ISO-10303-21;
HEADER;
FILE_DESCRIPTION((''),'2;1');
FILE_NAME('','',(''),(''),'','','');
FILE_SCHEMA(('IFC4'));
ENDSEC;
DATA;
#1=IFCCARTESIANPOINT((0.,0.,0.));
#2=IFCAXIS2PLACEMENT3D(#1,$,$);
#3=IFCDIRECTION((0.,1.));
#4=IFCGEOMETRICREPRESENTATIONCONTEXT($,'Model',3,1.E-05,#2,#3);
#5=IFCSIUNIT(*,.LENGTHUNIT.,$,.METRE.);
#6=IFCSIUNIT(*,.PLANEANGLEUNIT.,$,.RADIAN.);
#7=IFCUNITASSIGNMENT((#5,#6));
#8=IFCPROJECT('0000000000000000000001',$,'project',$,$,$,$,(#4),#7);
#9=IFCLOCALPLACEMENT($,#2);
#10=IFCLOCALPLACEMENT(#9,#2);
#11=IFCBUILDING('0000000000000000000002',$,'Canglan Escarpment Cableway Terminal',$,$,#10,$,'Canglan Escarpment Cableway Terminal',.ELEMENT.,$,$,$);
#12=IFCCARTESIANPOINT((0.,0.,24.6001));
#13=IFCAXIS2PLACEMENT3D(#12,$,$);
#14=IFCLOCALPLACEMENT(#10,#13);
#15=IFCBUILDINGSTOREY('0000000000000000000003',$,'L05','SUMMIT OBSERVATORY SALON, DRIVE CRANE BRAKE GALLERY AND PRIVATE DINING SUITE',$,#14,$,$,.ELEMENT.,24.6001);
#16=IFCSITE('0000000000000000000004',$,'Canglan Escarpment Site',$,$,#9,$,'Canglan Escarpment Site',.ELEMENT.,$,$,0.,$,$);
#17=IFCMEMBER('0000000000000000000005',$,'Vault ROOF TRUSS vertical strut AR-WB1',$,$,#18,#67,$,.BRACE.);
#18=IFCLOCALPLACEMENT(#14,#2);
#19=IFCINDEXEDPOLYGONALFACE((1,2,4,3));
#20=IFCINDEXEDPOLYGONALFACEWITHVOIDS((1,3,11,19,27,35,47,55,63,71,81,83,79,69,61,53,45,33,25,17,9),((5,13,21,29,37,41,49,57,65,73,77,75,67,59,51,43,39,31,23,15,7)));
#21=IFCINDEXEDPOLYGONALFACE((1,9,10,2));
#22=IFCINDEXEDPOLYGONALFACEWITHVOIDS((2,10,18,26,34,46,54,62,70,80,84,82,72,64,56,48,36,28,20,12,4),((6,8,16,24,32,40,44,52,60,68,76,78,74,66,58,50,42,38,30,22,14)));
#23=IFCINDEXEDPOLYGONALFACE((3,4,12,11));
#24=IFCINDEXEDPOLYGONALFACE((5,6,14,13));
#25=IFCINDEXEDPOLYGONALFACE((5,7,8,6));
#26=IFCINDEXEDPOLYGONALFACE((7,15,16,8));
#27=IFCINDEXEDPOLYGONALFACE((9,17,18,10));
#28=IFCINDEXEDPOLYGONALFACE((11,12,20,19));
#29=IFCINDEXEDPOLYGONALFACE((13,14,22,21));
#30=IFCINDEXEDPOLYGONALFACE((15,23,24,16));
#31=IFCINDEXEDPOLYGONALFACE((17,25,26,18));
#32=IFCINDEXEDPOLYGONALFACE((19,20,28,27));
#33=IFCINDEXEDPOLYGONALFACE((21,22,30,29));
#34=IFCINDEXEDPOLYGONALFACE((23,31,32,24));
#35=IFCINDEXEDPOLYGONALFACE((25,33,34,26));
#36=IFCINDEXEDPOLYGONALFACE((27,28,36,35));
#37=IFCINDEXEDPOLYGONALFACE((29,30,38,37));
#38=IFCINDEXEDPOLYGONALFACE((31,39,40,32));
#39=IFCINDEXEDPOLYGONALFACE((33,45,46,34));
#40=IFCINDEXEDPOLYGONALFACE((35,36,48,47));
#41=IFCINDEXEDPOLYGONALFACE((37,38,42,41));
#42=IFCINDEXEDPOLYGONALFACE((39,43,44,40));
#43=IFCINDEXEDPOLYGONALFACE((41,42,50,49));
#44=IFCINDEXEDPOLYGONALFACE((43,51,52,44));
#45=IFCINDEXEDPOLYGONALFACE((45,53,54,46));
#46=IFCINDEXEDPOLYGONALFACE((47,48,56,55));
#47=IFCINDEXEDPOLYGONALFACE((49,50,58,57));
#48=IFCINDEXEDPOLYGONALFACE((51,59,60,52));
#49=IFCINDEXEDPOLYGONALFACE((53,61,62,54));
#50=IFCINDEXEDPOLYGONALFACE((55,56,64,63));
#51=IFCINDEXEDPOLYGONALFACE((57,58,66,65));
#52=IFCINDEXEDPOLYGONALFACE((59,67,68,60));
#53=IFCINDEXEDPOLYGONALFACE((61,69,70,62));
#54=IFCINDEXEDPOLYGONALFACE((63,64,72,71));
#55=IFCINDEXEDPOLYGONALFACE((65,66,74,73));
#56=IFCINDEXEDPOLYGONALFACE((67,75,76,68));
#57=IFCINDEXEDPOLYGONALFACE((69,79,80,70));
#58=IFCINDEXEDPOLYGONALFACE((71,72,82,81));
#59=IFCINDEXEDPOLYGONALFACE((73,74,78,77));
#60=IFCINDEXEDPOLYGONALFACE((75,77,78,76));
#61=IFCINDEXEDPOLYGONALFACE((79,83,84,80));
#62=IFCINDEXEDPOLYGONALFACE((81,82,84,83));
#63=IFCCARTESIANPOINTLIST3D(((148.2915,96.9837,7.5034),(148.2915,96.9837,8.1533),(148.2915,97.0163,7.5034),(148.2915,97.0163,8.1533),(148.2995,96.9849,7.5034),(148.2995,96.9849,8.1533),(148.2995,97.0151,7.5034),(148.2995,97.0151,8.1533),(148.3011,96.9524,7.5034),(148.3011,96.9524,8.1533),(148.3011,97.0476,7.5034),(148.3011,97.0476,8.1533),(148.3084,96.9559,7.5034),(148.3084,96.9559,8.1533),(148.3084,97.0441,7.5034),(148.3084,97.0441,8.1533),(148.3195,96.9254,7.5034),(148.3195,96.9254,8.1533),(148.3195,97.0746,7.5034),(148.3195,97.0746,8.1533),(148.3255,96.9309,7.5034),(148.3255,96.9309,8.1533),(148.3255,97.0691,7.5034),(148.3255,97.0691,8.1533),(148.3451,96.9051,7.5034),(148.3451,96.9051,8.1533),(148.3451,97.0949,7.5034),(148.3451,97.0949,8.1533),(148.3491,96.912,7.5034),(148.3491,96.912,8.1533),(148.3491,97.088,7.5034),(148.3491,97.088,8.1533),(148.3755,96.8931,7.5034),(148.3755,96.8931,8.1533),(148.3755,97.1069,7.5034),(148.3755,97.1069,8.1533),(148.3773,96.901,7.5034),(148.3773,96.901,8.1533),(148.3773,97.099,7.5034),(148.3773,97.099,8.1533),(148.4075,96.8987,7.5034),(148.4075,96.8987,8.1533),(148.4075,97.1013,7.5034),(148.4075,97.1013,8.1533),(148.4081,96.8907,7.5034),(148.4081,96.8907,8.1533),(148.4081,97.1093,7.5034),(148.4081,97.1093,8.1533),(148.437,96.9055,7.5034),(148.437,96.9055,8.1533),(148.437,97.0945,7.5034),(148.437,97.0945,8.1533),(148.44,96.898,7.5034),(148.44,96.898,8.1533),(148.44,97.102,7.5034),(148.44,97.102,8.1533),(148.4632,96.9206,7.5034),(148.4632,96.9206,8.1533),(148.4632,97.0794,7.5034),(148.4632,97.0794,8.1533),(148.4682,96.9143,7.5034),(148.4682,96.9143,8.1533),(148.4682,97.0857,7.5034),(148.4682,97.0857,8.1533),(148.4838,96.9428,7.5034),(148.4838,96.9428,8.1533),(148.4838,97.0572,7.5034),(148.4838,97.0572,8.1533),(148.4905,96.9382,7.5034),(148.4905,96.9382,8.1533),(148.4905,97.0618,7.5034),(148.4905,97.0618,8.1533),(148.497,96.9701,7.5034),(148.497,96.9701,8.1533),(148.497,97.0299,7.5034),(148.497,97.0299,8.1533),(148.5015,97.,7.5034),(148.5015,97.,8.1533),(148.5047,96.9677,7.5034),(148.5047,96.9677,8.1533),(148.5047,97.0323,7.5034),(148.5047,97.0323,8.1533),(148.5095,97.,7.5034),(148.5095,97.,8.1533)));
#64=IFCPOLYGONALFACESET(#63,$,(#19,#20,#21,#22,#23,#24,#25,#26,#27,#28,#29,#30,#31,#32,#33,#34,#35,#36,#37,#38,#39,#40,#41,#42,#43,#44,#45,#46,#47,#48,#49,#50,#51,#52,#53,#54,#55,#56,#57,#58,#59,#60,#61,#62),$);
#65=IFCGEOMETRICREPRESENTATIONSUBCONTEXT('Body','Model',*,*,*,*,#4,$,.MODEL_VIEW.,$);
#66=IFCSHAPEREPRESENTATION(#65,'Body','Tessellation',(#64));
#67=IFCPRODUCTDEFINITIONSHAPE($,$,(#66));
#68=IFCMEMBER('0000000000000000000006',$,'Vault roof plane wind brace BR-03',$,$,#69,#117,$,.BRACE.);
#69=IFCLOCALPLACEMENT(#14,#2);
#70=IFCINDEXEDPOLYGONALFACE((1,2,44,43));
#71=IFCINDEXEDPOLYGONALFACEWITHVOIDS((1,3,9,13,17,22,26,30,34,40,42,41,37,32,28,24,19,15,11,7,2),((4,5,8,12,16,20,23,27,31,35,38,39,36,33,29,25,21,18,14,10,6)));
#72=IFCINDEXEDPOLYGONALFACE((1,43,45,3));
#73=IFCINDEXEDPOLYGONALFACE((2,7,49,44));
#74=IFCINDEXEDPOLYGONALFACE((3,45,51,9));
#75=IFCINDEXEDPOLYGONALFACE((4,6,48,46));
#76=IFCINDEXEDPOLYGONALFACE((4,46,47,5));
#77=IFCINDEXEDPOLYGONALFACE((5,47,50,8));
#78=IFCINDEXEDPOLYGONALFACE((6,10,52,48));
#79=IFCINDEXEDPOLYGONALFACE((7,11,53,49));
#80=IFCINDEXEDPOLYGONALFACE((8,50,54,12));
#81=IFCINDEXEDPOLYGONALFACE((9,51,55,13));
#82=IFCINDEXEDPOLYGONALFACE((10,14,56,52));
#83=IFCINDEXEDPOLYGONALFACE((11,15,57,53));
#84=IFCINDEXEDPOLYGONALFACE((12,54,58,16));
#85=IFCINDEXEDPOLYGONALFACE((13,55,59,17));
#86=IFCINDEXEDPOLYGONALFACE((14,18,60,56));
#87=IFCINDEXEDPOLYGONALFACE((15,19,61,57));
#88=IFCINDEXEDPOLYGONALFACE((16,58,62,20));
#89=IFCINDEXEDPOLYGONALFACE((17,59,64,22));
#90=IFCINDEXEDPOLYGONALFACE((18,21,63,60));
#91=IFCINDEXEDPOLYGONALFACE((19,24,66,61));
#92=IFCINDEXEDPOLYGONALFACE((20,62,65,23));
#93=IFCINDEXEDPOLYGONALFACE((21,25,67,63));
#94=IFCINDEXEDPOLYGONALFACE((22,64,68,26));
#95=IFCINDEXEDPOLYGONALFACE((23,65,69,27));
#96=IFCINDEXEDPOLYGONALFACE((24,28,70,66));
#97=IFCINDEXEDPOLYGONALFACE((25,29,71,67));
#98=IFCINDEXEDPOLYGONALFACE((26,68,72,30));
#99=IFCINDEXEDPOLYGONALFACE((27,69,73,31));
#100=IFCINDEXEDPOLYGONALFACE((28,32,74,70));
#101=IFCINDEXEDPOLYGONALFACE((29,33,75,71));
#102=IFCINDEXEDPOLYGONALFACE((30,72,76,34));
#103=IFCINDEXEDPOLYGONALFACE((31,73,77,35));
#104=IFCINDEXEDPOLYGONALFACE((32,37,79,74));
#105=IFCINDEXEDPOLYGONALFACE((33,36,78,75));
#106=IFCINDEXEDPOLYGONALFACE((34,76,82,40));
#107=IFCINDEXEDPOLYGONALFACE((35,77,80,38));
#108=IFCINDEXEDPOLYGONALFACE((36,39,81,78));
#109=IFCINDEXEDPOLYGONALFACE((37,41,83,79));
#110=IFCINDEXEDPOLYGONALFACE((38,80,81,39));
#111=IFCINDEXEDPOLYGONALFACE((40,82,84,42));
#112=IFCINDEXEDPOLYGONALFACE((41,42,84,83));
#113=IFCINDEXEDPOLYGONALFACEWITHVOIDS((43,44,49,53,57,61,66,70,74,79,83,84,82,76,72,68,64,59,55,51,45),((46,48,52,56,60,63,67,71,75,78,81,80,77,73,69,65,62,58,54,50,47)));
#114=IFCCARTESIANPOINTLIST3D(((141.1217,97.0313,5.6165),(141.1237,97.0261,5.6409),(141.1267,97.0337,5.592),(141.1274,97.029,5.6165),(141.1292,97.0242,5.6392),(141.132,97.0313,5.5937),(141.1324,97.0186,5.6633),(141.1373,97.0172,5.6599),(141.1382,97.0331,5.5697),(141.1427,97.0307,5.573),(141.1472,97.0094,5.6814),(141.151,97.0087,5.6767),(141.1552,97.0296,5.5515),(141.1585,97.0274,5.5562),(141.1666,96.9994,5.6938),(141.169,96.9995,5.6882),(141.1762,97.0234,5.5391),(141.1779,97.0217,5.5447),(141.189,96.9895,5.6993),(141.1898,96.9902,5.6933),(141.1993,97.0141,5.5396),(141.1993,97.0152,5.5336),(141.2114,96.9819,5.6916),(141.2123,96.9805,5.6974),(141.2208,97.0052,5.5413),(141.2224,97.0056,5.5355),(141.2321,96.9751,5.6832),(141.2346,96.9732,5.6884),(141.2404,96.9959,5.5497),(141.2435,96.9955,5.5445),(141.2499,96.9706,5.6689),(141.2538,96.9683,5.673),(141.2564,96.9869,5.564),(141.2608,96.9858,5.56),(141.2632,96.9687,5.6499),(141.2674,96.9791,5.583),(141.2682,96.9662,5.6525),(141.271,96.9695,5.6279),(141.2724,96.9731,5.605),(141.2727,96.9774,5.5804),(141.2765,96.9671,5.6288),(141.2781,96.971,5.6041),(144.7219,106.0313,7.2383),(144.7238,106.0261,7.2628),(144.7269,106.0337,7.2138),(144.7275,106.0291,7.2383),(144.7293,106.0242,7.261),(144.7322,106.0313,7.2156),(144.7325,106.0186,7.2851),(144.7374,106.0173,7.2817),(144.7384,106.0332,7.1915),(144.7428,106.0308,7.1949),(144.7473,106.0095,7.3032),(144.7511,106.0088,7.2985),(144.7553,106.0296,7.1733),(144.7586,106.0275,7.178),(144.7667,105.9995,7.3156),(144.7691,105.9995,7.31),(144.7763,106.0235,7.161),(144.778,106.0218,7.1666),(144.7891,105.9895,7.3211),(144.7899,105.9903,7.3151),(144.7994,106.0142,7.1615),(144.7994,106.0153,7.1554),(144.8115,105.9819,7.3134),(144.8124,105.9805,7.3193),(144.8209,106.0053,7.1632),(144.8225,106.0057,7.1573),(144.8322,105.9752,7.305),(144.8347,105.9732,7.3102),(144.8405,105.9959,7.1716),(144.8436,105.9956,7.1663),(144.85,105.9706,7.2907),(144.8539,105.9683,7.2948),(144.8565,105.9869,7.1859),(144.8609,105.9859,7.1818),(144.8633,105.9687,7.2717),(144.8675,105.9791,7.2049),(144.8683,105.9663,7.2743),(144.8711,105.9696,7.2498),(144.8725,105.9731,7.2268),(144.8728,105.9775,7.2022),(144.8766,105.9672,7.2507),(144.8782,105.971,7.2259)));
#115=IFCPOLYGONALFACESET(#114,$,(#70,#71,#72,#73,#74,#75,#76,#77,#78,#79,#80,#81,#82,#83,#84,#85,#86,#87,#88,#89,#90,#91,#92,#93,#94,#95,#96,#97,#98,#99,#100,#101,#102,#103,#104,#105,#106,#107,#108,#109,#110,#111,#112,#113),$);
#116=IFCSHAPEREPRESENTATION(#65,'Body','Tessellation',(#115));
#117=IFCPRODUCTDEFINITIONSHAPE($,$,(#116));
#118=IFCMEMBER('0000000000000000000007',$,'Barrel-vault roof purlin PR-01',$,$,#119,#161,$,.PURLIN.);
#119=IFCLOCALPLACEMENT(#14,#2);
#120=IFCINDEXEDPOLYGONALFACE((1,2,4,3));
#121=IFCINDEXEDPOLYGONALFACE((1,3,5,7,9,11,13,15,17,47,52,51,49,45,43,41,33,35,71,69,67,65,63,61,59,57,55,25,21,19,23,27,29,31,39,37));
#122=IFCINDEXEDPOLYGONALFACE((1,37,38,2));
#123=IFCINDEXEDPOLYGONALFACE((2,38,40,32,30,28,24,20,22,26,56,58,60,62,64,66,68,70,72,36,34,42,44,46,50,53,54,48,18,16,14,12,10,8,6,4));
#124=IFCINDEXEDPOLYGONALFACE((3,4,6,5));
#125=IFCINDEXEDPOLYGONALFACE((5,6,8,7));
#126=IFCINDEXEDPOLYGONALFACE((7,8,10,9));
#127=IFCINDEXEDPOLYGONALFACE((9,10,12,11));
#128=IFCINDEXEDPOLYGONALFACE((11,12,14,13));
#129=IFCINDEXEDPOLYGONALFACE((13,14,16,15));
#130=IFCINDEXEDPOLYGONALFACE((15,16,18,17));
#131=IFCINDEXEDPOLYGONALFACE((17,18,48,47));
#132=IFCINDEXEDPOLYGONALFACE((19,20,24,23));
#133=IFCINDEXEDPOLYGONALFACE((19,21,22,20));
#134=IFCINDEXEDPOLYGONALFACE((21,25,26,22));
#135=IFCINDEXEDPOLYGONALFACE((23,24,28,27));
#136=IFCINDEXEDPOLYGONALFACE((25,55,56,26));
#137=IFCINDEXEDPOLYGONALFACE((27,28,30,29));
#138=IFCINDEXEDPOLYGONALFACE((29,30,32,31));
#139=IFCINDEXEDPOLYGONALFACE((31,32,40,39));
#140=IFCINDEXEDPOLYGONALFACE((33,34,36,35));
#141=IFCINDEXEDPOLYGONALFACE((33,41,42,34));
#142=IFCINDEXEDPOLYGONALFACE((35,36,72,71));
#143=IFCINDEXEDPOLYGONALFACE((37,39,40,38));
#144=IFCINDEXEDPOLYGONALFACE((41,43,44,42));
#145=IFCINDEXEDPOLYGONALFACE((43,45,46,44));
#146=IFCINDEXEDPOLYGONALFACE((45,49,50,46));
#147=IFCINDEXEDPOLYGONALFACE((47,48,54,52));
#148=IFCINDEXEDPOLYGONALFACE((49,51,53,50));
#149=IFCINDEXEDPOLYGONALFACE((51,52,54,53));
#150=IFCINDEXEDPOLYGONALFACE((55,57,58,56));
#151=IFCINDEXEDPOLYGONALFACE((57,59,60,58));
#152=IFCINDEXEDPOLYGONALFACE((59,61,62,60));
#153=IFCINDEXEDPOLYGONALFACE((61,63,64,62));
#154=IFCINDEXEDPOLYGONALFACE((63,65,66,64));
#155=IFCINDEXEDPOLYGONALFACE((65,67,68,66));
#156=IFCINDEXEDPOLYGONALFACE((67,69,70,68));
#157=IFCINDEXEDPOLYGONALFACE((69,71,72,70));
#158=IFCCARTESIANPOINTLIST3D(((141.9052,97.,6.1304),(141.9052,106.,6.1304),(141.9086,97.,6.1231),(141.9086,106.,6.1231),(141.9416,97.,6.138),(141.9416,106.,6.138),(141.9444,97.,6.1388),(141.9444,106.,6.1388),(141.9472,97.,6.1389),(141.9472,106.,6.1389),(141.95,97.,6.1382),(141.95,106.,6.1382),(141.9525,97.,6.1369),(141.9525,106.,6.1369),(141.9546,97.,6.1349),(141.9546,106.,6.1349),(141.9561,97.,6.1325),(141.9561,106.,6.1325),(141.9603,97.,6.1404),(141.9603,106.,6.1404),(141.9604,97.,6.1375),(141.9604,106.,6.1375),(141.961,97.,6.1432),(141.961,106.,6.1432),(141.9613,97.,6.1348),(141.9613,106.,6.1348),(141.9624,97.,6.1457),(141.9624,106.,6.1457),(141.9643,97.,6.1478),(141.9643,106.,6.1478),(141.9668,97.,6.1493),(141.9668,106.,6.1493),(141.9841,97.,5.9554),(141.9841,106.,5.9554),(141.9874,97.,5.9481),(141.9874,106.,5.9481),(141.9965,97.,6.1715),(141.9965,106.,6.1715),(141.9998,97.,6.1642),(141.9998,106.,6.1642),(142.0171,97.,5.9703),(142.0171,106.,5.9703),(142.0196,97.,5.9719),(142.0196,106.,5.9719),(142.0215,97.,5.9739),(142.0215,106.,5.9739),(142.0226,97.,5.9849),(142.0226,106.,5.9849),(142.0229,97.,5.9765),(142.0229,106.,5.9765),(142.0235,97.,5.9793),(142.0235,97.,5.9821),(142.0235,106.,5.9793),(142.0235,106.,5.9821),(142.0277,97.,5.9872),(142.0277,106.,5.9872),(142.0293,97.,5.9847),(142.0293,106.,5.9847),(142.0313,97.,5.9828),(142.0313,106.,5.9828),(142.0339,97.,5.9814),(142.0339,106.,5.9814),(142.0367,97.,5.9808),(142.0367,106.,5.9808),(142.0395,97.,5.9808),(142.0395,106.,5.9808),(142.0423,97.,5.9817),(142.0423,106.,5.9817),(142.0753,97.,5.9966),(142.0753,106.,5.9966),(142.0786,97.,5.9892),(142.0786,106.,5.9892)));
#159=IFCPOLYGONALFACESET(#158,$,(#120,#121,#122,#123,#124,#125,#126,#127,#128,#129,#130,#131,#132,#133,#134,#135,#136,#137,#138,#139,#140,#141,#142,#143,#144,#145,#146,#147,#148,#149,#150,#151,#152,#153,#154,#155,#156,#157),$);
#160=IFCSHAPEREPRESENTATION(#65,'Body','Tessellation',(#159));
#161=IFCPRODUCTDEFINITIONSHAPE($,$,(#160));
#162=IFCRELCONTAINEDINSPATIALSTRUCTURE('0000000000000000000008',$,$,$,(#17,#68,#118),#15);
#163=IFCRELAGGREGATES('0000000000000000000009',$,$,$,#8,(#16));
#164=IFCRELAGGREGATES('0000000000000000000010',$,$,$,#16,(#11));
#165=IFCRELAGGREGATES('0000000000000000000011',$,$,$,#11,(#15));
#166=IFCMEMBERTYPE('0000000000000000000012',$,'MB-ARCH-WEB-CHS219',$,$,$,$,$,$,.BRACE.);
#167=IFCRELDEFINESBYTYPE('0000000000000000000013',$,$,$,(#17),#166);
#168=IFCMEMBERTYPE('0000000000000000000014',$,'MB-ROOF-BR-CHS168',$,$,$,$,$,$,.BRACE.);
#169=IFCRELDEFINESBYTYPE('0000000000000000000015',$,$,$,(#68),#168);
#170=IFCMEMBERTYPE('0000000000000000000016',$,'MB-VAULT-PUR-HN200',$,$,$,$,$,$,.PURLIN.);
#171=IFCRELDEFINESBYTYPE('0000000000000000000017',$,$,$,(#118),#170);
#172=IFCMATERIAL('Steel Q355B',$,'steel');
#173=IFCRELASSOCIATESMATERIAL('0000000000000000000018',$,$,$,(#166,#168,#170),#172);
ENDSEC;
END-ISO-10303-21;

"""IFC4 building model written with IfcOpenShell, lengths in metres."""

from ifc_helpers import new_model, si_unit, direction, frame, origin, origin_2d, place, context, subcontext, project, spatial, hollow_circle, i_section, extrude, material, material_profile, profile_set, type_object, element, save


model = new_model("IFC4")

# Units and contexts
model_context = context("Model", 3, precision=1e-05, world=origin(), true_north=direction((0.0, 1.0)))
body_context = subcontext(model_context, "Body", "Model", "MODEL_VIEW")
ifc_project = project(units=[si_unit("LENGTHUNIT", "METRE"), si_unit("PLANEANGLEUNIT", "RADIAN")], contexts=[model_context])

# Site, building, storey
site_placement = place(None, origin())
site = spatial("IfcSite", under=ifc_project, at=site_placement, Name="Canglan Escarpment Site", LongName="Canglan Escarpment Site", CompositionType="ELEMENT", RefElevation=0.0)
building_placement = place(site_placement, origin())
building = spatial("IfcBuilding", under=site, at=building_placement, Name="Canglan Escarpment Cableway Terminal", LongName="Canglan Escarpment Cableway Terminal", CompositionType="ELEMENT")
storey_placement = place(building_placement, frame((0.0, 0.0, 24.6001)))
storey = spatial("IfcBuildingStorey", under=building, at=storey_placement, Name="L05", Description="SUMMIT OBSERVATORY SALON, DRIVE CRANE BRAKE GALLERY AND PRIVATE DINING SUITE", CompositionType="ELEMENT", Elevation=24.6001)

# Shared definitions
ifc_material_1 = material(Name="Steel Q355B", Category="steel")

# Members
ifc_material_profile_1 = material_profile(ifc_material_1, hollow_circle(Radius=0.1096, WallThickness=0.0081, at=origin_2d()), Name="CHS 219.1x8")
ifc_profile_set_1 = profile_set([ifc_material_profile_1], Name="Steel Q355B")
member_type_1 = type_object("IfcMemberType", Name="MB-ARCH-WEB-CHS219", PredefinedType="BRACE", material=ifc_profile_set_1)
for number, where, z_axis, x_axis, name in (
    (1, (148.3999, 97.0, 7.5034), (0.0, 0.0, 1.0), (1.0, 0.0, 0.0), "Vault ROOF TRUSS vertical strut AR-WB1"),
):
    element("IfcMember", number, at=place(storey_placement, frame(where, z_axis=z_axis, x_axis=x_axis)), inside=storey, type_object=member_type_1, Name=name, PredefinedType="BRACE", context=body_context, shape_type="SweptSolid", body=[
        extrude(hollow_circle(Radius=0.1096, WallThickness=0.0081, at=origin_2d()), origin(), (0.0, 0.0, 1.0), 0.6499),
    ])
ifc_material_profile_2 = material_profile(ifc_material_1, hollow_circle(Radius=0.0842, WallThickness=0.0061, at=origin_2d()), Name="CHS 168.3x6")
ifc_profile_set_2 = profile_set([ifc_material_profile_2], Name="Steel Q355B")
member_type_2 = type_object("IfcMemberType", Name="MB-ROOF-BR-CHS168", PredefinedType="BRACE", material=ifc_profile_set_2)
member_1_placement = place(storey_placement, frame((141.2, 97.0, 5.6165), z_axis=(0.366308, 0.915744, 0.16502), x_axis=(-0.928473, 0.371399, 0.0)))
element("IfcMember", 2, at=member_1_placement, inside=storey, type_object=member_type_2, Name="Vault roof plane wind brace BR-03", PredefinedType="BRACE", context=body_context, shape_type="SweptSolid", body=[
    extrude(hollow_circle(Radius=0.0842, WallThickness=0.0061, at=origin_2d()), origin(), (0.0, 0.0, 1.0), 9.8281),
])
ifc_material_profile_3 = material_profile(ifc_material_1, i_section(OverallWidth=0.1001, OverallDepth=0.2, WebThickness=0.0056, FlangeThickness=0.0081, FilletRadius=0.011, at=origin_2d()), Name="HN 200x100x5.5x8")
ifc_profile_set_3 = profile_set([ifc_material_profile_3], Name="Steel Q355B")
member_type_3 = type_object("IfcMemberType", Name="MB-VAULT-PUR-HN200", PredefinedType="PURLIN", material=ifc_profile_set_3)
for number, where, z_axis, x_axis, name in (
    (3, (141.9919, 97.0, 6.0598), (0.0, 1.0, 0.0), (-0.911741, 0.0, -0.410767), "Barrel-vault roof purlin PR-01"),
):
    element("IfcMember", number, at=place(storey_placement, frame(where, z_axis=z_axis, x_axis=x_axis)), inside=storey, type_object=member_type_3, Name=name, PredefinedType="PURLIN", context=body_context, shape_type="SweptSolid", body=[
        extrude(i_section(OverallWidth=0.1001, OverallDepth=0.2, WebThickness=0.0056, FlangeThickness=0.0081, FilletRadius=0.011, at=origin_2d()), origin(), (0.0, 0.0, 1.0), 9.0),
    ])

save(model, "model.ifc")
